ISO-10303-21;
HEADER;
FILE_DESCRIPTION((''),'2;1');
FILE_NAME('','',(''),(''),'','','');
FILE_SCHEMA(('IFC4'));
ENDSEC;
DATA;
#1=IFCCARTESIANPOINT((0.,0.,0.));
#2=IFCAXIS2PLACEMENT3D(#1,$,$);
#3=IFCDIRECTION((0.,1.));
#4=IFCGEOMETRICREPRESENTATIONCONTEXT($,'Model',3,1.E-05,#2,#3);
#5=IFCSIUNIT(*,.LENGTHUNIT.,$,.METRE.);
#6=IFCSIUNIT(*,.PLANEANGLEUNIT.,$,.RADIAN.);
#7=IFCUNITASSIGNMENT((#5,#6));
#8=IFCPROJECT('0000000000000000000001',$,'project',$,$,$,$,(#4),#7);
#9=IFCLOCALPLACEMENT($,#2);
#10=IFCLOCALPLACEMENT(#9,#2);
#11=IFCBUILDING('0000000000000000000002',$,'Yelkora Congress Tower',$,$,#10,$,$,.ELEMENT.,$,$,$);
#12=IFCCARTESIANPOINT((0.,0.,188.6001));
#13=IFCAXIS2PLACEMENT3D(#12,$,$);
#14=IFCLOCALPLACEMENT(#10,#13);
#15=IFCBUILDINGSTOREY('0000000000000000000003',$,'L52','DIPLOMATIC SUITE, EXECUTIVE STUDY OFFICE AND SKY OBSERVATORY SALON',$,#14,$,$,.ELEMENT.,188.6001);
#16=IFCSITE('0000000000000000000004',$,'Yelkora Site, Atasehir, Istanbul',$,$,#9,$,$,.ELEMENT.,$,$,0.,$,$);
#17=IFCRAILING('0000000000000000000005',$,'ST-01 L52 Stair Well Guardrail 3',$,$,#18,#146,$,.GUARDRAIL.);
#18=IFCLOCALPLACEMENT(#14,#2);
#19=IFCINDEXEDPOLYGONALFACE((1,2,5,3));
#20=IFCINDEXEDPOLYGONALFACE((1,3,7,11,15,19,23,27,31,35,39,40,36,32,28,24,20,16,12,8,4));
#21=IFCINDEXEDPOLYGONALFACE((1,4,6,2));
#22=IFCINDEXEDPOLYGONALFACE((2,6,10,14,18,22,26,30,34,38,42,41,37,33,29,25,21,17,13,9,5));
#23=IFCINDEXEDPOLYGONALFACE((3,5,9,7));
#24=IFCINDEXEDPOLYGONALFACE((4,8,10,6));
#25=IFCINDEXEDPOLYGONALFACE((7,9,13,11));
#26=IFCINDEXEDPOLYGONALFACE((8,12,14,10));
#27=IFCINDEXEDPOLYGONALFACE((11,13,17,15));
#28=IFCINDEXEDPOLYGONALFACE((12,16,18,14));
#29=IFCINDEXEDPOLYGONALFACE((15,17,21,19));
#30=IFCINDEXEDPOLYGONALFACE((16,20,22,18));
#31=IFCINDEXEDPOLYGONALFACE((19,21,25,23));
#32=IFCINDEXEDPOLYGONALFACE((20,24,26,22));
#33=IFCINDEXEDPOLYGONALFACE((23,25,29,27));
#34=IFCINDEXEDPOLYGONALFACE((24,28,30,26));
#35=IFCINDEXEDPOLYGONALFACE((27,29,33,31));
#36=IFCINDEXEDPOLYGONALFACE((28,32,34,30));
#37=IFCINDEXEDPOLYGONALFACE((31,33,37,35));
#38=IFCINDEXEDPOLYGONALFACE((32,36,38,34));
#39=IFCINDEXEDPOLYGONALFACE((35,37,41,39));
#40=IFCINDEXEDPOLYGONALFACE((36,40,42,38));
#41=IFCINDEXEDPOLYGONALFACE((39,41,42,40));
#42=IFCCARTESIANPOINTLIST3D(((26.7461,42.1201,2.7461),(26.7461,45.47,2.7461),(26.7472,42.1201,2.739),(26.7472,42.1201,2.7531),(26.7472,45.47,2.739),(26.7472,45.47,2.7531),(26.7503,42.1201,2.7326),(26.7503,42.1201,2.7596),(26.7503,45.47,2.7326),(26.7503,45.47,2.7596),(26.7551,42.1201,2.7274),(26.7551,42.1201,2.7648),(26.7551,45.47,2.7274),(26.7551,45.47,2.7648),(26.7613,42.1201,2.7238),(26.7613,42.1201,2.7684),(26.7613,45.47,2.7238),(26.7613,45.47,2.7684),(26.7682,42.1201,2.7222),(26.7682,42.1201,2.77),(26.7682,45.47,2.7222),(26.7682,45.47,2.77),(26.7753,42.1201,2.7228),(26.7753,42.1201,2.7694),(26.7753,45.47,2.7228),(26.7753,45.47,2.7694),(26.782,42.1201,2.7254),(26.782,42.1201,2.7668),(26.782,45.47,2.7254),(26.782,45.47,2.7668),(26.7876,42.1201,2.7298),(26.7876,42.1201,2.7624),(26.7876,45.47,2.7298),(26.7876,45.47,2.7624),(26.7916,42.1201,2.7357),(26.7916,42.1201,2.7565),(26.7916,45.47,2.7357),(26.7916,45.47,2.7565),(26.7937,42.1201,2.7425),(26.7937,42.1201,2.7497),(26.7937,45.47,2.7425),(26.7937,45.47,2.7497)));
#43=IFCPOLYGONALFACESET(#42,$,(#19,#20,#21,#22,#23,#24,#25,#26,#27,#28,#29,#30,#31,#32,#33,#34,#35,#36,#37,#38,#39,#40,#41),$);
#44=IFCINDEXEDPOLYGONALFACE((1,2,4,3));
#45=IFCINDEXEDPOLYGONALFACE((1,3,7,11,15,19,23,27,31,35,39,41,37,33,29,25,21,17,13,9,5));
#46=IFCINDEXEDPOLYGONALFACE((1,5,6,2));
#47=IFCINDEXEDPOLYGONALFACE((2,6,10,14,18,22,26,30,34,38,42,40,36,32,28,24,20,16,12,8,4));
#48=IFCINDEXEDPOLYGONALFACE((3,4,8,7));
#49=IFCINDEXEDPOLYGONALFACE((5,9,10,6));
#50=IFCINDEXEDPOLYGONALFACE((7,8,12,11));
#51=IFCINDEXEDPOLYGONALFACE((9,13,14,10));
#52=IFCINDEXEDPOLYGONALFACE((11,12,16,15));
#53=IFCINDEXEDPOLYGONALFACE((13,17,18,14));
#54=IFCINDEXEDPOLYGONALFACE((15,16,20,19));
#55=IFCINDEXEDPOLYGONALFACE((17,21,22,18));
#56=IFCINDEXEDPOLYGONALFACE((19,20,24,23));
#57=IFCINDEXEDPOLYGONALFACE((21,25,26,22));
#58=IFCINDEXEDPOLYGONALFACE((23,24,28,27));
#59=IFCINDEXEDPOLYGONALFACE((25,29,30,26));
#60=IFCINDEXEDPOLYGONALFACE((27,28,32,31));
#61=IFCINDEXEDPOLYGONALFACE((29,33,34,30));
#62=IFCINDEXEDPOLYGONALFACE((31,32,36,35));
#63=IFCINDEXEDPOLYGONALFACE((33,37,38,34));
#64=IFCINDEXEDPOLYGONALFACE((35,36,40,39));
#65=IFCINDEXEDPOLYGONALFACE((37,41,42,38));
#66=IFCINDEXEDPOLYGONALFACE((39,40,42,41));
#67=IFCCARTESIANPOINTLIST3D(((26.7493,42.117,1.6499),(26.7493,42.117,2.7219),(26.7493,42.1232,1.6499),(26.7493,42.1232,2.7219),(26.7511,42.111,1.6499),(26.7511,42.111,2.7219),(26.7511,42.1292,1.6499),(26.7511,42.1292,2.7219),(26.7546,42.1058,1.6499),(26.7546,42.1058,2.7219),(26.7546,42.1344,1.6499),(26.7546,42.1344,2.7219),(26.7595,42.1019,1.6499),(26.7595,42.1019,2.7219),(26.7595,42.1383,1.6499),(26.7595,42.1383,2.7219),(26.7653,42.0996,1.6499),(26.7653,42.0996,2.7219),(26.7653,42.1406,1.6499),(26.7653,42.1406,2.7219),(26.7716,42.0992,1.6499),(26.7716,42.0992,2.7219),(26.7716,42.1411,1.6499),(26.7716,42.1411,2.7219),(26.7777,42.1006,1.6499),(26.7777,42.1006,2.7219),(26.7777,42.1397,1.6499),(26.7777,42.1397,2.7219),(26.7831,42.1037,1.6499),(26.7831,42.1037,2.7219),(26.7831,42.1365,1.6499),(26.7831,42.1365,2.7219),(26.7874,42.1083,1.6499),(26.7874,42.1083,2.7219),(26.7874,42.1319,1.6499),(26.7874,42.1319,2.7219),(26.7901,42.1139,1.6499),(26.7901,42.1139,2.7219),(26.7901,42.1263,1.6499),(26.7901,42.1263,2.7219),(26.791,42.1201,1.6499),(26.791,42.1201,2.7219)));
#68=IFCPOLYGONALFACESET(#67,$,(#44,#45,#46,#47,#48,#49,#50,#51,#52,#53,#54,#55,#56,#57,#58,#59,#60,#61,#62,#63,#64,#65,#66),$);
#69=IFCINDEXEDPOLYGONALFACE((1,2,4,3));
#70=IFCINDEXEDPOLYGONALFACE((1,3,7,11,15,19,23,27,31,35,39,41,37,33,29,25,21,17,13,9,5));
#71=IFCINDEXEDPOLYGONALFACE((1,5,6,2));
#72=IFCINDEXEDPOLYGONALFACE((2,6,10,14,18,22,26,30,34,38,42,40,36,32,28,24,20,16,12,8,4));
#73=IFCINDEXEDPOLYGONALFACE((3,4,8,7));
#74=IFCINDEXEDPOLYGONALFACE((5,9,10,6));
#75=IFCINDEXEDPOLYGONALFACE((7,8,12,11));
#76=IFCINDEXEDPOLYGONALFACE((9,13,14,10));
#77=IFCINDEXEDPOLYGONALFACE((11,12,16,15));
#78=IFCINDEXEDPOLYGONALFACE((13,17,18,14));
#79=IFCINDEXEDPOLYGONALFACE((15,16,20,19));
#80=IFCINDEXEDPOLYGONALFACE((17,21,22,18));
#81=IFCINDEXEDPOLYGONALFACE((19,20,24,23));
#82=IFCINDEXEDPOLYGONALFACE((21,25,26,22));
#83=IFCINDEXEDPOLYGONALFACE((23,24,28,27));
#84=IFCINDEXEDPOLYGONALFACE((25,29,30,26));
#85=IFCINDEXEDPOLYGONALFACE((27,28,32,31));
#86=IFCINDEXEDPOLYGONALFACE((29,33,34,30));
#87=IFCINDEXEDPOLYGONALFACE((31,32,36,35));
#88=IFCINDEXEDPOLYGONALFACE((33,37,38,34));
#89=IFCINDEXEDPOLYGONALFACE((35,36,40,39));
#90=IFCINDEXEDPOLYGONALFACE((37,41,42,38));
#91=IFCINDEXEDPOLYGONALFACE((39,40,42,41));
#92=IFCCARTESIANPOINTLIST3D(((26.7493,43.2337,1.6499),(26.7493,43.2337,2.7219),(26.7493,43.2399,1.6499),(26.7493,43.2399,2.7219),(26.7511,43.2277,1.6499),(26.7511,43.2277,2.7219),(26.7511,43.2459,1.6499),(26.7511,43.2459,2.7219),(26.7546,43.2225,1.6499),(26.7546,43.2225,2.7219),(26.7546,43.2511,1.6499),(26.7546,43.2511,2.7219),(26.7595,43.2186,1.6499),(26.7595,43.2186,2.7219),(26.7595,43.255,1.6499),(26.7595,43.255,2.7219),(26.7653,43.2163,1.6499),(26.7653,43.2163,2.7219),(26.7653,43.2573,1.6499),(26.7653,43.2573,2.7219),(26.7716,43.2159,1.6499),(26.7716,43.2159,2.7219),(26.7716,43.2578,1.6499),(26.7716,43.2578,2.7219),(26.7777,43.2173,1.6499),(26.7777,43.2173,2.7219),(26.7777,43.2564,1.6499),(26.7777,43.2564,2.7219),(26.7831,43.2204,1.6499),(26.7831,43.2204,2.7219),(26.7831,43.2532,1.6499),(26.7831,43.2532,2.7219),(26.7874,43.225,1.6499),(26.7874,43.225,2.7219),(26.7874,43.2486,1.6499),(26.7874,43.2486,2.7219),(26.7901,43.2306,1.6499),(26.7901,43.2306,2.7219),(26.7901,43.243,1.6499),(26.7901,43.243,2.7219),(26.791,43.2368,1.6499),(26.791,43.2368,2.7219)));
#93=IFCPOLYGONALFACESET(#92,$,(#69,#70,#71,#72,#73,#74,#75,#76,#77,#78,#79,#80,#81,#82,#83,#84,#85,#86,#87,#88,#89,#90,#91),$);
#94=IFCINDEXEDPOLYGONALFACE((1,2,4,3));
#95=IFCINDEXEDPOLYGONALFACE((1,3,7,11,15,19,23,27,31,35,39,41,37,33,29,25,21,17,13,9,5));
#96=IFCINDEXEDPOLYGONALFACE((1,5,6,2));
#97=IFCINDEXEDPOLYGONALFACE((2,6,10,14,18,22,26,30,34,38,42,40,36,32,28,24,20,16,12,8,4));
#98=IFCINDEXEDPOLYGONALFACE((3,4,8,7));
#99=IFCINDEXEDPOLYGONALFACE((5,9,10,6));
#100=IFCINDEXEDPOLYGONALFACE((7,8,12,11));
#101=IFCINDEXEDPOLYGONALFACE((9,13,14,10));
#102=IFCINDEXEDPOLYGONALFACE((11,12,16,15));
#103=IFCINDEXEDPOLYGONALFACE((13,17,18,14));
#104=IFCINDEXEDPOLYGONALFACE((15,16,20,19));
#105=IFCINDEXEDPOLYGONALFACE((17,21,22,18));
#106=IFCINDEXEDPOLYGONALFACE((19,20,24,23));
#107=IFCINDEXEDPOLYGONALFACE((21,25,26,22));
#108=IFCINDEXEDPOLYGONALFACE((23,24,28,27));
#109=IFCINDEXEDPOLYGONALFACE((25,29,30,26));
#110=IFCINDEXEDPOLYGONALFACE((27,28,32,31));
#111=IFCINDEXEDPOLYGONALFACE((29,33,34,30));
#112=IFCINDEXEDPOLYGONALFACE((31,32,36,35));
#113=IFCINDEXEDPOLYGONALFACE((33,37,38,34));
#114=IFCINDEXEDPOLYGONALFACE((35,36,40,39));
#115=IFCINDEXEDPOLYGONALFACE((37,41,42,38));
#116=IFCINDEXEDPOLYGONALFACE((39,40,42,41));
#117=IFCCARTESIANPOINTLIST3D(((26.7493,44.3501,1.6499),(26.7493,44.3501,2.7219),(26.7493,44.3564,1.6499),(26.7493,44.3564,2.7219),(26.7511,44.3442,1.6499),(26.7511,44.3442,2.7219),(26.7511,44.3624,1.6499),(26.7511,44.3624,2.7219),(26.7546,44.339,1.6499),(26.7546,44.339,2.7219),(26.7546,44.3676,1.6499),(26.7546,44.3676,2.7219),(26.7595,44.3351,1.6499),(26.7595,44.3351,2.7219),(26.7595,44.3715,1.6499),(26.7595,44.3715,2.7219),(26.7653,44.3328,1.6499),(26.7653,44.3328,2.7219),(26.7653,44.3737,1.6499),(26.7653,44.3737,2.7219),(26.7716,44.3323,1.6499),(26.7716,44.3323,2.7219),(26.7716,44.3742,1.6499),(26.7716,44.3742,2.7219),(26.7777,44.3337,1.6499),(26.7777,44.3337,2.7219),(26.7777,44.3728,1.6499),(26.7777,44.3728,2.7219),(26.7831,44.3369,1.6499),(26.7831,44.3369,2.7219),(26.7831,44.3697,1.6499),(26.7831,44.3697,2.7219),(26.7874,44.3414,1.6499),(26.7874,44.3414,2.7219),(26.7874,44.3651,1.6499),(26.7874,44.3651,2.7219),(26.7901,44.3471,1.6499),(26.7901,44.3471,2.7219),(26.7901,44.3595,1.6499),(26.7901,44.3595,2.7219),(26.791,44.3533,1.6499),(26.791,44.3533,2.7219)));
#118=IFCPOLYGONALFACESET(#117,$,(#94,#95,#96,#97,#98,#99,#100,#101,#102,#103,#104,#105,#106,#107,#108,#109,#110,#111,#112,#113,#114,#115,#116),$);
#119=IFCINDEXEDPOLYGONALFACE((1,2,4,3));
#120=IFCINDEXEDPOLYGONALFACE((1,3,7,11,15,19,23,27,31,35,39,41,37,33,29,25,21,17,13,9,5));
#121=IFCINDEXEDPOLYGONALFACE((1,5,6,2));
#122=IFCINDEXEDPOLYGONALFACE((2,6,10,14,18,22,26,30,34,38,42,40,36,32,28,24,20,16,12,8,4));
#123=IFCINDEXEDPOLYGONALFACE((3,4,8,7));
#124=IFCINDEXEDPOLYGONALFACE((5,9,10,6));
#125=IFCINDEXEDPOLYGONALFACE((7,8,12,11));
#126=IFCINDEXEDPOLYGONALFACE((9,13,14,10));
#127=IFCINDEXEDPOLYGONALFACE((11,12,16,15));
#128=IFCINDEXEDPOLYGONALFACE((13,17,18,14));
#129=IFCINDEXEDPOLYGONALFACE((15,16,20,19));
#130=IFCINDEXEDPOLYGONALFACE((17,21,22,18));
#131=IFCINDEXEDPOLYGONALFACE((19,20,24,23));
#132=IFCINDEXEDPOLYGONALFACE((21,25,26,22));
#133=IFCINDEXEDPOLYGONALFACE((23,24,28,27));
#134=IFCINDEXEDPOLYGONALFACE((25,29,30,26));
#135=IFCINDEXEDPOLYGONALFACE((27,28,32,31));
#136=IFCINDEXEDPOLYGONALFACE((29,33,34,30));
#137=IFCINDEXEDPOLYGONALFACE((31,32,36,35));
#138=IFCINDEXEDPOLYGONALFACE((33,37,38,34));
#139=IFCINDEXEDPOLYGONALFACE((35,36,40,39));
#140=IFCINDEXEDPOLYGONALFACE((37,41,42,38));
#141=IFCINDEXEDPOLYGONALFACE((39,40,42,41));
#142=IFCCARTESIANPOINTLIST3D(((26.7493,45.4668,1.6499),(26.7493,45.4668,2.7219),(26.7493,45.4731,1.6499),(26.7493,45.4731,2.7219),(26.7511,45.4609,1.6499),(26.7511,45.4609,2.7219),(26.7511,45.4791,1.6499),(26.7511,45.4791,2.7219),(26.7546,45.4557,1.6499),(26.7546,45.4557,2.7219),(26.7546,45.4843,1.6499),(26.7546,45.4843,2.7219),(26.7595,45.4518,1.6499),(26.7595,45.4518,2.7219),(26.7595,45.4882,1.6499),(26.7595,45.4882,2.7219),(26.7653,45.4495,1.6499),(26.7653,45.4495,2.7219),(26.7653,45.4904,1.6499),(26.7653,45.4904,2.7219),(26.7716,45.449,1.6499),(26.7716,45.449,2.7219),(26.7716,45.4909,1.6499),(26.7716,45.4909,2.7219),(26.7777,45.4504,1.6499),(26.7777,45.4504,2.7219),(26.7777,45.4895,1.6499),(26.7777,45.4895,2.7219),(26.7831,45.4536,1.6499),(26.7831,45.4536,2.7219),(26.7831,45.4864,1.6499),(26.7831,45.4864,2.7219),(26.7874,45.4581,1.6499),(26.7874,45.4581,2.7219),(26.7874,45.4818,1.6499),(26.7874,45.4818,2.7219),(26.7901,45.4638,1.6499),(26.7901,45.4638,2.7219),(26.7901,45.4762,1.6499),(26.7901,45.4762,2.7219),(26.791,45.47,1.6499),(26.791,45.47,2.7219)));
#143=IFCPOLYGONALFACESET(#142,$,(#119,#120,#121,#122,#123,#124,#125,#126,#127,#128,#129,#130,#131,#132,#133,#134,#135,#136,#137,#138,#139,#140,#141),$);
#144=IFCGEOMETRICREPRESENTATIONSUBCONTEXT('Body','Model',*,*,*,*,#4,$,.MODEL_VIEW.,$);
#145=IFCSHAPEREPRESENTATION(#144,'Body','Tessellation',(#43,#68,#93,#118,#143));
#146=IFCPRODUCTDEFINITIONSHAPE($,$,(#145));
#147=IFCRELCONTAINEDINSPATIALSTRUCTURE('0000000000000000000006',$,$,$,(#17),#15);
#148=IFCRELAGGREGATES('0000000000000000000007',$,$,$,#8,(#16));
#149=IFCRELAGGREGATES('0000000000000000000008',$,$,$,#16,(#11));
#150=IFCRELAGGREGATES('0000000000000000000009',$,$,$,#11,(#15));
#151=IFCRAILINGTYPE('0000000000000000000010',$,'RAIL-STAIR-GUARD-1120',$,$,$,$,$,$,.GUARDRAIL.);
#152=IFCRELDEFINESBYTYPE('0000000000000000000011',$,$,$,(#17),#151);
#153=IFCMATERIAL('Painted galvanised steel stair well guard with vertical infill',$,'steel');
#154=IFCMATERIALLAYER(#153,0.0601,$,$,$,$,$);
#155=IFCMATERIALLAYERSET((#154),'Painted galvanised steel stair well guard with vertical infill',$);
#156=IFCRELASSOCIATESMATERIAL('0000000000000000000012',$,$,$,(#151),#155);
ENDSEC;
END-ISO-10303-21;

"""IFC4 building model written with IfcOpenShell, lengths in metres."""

from ifc_helpers import new_model, si_unit, direction, frame, origin, origin_2d, place, context, subcontext, project, spatial, circle, extrude, material, layer, layer_set, type_object, element, save


model = new_model("IFC4")

# Units and contexts
model_context = context("Model", 3, precision=1e-05, world=origin(), true_north=direction((0.0, 1.0)))
body_context = subcontext(model_context, "Body", "Model", "MODEL_VIEW")
ifc_project = project(units=[si_unit("LENGTHUNIT", "METRE"), si_unit("PLANEANGLEUNIT", "RADIAN")], contexts=[model_context])

# Site, building, storey
site_placement = place(None, origin())
site = spatial("IfcSite", under=ifc_project, at=site_placement, Name="Yelkora Site, Atasehir, Istanbul", CompositionType="ELEMENT", RefElevation=0.0)
building_placement = place(site_placement, origin())
building = spatial("IfcBuilding", under=site, at=building_placement, Name="Yelkora Congress Tower", CompositionType="ELEMENT")
storey_placement = place(building_placement, frame((0.0, 0.0, 188.6001)))
storey = spatial("IfcBuildingStorey", under=building, at=storey_placement, Name="L52", Description="DIPLOMATIC SUITE, EXECUTIVE STUDY OFFICE AND SKY OBSERVATORY SALON", CompositionType="ELEMENT", Elevation=188.6001)

# Railing
ifc_material_1 = material(Name="Painted galvanised steel stair well guard with vertical infill", Category="steel")
ifc_layer_1 = layer(ifc_material_1, 0.0601)
ifc_layer_set_1 = layer_set([ifc_layer_1], Name="Painted galvanised steel stair well guard with vertical infill")
railing_type = type_object("IfcRailingType", Name="RAIL-STAIR-GUARD-1120", PredefinedType="GUARDRAIL", material=ifc_layer_set_1)
for number, where, name in (
    (1, (26.77, 42.1201, 1.6499), "ST-01 L52 Stair Well Guardrail 3"),
):
    element("IfcRailing", number, at=place(storey_placement, frame(where)), inside=storey, type_object=railing_type, Name=name, PredefinedType="GUARDRAIL", context=body_context, shape_type="SweptSolid", body=[
        extrude(circle(Radius=0.0239, at=origin_2d()), frame((0.0, 0.0, 1.0962), z_axis=(0.0, 1.0, 0.0), x_axis=(-1.0, 0.0, 0.0)), (0.0, 0.0, 1.0), 3.3499),
        extrude(circle(Radius=0.021, at=origin_2d()), origin(), (0.0, 0.0, 1.0), 1.072),
        extrude(circle(Radius=0.021, at=origin_2d()), frame((0.0, 1.1167, 0.0)), (0.0, 0.0, 1.0), 1.072),
        extrude(circle(Radius=0.021, at=origin_2d()), frame((0.0, 2.2332, 0.0)), (0.0, 0.0, 1.0), 1.072),
        extrude(circle(Radius=0.021, at=origin_2d()), frame((0.0, 3.3499, 0.0)), (0.0, 0.0, 1.0), 1.072),
    ])

save(model, "model.ifc")
